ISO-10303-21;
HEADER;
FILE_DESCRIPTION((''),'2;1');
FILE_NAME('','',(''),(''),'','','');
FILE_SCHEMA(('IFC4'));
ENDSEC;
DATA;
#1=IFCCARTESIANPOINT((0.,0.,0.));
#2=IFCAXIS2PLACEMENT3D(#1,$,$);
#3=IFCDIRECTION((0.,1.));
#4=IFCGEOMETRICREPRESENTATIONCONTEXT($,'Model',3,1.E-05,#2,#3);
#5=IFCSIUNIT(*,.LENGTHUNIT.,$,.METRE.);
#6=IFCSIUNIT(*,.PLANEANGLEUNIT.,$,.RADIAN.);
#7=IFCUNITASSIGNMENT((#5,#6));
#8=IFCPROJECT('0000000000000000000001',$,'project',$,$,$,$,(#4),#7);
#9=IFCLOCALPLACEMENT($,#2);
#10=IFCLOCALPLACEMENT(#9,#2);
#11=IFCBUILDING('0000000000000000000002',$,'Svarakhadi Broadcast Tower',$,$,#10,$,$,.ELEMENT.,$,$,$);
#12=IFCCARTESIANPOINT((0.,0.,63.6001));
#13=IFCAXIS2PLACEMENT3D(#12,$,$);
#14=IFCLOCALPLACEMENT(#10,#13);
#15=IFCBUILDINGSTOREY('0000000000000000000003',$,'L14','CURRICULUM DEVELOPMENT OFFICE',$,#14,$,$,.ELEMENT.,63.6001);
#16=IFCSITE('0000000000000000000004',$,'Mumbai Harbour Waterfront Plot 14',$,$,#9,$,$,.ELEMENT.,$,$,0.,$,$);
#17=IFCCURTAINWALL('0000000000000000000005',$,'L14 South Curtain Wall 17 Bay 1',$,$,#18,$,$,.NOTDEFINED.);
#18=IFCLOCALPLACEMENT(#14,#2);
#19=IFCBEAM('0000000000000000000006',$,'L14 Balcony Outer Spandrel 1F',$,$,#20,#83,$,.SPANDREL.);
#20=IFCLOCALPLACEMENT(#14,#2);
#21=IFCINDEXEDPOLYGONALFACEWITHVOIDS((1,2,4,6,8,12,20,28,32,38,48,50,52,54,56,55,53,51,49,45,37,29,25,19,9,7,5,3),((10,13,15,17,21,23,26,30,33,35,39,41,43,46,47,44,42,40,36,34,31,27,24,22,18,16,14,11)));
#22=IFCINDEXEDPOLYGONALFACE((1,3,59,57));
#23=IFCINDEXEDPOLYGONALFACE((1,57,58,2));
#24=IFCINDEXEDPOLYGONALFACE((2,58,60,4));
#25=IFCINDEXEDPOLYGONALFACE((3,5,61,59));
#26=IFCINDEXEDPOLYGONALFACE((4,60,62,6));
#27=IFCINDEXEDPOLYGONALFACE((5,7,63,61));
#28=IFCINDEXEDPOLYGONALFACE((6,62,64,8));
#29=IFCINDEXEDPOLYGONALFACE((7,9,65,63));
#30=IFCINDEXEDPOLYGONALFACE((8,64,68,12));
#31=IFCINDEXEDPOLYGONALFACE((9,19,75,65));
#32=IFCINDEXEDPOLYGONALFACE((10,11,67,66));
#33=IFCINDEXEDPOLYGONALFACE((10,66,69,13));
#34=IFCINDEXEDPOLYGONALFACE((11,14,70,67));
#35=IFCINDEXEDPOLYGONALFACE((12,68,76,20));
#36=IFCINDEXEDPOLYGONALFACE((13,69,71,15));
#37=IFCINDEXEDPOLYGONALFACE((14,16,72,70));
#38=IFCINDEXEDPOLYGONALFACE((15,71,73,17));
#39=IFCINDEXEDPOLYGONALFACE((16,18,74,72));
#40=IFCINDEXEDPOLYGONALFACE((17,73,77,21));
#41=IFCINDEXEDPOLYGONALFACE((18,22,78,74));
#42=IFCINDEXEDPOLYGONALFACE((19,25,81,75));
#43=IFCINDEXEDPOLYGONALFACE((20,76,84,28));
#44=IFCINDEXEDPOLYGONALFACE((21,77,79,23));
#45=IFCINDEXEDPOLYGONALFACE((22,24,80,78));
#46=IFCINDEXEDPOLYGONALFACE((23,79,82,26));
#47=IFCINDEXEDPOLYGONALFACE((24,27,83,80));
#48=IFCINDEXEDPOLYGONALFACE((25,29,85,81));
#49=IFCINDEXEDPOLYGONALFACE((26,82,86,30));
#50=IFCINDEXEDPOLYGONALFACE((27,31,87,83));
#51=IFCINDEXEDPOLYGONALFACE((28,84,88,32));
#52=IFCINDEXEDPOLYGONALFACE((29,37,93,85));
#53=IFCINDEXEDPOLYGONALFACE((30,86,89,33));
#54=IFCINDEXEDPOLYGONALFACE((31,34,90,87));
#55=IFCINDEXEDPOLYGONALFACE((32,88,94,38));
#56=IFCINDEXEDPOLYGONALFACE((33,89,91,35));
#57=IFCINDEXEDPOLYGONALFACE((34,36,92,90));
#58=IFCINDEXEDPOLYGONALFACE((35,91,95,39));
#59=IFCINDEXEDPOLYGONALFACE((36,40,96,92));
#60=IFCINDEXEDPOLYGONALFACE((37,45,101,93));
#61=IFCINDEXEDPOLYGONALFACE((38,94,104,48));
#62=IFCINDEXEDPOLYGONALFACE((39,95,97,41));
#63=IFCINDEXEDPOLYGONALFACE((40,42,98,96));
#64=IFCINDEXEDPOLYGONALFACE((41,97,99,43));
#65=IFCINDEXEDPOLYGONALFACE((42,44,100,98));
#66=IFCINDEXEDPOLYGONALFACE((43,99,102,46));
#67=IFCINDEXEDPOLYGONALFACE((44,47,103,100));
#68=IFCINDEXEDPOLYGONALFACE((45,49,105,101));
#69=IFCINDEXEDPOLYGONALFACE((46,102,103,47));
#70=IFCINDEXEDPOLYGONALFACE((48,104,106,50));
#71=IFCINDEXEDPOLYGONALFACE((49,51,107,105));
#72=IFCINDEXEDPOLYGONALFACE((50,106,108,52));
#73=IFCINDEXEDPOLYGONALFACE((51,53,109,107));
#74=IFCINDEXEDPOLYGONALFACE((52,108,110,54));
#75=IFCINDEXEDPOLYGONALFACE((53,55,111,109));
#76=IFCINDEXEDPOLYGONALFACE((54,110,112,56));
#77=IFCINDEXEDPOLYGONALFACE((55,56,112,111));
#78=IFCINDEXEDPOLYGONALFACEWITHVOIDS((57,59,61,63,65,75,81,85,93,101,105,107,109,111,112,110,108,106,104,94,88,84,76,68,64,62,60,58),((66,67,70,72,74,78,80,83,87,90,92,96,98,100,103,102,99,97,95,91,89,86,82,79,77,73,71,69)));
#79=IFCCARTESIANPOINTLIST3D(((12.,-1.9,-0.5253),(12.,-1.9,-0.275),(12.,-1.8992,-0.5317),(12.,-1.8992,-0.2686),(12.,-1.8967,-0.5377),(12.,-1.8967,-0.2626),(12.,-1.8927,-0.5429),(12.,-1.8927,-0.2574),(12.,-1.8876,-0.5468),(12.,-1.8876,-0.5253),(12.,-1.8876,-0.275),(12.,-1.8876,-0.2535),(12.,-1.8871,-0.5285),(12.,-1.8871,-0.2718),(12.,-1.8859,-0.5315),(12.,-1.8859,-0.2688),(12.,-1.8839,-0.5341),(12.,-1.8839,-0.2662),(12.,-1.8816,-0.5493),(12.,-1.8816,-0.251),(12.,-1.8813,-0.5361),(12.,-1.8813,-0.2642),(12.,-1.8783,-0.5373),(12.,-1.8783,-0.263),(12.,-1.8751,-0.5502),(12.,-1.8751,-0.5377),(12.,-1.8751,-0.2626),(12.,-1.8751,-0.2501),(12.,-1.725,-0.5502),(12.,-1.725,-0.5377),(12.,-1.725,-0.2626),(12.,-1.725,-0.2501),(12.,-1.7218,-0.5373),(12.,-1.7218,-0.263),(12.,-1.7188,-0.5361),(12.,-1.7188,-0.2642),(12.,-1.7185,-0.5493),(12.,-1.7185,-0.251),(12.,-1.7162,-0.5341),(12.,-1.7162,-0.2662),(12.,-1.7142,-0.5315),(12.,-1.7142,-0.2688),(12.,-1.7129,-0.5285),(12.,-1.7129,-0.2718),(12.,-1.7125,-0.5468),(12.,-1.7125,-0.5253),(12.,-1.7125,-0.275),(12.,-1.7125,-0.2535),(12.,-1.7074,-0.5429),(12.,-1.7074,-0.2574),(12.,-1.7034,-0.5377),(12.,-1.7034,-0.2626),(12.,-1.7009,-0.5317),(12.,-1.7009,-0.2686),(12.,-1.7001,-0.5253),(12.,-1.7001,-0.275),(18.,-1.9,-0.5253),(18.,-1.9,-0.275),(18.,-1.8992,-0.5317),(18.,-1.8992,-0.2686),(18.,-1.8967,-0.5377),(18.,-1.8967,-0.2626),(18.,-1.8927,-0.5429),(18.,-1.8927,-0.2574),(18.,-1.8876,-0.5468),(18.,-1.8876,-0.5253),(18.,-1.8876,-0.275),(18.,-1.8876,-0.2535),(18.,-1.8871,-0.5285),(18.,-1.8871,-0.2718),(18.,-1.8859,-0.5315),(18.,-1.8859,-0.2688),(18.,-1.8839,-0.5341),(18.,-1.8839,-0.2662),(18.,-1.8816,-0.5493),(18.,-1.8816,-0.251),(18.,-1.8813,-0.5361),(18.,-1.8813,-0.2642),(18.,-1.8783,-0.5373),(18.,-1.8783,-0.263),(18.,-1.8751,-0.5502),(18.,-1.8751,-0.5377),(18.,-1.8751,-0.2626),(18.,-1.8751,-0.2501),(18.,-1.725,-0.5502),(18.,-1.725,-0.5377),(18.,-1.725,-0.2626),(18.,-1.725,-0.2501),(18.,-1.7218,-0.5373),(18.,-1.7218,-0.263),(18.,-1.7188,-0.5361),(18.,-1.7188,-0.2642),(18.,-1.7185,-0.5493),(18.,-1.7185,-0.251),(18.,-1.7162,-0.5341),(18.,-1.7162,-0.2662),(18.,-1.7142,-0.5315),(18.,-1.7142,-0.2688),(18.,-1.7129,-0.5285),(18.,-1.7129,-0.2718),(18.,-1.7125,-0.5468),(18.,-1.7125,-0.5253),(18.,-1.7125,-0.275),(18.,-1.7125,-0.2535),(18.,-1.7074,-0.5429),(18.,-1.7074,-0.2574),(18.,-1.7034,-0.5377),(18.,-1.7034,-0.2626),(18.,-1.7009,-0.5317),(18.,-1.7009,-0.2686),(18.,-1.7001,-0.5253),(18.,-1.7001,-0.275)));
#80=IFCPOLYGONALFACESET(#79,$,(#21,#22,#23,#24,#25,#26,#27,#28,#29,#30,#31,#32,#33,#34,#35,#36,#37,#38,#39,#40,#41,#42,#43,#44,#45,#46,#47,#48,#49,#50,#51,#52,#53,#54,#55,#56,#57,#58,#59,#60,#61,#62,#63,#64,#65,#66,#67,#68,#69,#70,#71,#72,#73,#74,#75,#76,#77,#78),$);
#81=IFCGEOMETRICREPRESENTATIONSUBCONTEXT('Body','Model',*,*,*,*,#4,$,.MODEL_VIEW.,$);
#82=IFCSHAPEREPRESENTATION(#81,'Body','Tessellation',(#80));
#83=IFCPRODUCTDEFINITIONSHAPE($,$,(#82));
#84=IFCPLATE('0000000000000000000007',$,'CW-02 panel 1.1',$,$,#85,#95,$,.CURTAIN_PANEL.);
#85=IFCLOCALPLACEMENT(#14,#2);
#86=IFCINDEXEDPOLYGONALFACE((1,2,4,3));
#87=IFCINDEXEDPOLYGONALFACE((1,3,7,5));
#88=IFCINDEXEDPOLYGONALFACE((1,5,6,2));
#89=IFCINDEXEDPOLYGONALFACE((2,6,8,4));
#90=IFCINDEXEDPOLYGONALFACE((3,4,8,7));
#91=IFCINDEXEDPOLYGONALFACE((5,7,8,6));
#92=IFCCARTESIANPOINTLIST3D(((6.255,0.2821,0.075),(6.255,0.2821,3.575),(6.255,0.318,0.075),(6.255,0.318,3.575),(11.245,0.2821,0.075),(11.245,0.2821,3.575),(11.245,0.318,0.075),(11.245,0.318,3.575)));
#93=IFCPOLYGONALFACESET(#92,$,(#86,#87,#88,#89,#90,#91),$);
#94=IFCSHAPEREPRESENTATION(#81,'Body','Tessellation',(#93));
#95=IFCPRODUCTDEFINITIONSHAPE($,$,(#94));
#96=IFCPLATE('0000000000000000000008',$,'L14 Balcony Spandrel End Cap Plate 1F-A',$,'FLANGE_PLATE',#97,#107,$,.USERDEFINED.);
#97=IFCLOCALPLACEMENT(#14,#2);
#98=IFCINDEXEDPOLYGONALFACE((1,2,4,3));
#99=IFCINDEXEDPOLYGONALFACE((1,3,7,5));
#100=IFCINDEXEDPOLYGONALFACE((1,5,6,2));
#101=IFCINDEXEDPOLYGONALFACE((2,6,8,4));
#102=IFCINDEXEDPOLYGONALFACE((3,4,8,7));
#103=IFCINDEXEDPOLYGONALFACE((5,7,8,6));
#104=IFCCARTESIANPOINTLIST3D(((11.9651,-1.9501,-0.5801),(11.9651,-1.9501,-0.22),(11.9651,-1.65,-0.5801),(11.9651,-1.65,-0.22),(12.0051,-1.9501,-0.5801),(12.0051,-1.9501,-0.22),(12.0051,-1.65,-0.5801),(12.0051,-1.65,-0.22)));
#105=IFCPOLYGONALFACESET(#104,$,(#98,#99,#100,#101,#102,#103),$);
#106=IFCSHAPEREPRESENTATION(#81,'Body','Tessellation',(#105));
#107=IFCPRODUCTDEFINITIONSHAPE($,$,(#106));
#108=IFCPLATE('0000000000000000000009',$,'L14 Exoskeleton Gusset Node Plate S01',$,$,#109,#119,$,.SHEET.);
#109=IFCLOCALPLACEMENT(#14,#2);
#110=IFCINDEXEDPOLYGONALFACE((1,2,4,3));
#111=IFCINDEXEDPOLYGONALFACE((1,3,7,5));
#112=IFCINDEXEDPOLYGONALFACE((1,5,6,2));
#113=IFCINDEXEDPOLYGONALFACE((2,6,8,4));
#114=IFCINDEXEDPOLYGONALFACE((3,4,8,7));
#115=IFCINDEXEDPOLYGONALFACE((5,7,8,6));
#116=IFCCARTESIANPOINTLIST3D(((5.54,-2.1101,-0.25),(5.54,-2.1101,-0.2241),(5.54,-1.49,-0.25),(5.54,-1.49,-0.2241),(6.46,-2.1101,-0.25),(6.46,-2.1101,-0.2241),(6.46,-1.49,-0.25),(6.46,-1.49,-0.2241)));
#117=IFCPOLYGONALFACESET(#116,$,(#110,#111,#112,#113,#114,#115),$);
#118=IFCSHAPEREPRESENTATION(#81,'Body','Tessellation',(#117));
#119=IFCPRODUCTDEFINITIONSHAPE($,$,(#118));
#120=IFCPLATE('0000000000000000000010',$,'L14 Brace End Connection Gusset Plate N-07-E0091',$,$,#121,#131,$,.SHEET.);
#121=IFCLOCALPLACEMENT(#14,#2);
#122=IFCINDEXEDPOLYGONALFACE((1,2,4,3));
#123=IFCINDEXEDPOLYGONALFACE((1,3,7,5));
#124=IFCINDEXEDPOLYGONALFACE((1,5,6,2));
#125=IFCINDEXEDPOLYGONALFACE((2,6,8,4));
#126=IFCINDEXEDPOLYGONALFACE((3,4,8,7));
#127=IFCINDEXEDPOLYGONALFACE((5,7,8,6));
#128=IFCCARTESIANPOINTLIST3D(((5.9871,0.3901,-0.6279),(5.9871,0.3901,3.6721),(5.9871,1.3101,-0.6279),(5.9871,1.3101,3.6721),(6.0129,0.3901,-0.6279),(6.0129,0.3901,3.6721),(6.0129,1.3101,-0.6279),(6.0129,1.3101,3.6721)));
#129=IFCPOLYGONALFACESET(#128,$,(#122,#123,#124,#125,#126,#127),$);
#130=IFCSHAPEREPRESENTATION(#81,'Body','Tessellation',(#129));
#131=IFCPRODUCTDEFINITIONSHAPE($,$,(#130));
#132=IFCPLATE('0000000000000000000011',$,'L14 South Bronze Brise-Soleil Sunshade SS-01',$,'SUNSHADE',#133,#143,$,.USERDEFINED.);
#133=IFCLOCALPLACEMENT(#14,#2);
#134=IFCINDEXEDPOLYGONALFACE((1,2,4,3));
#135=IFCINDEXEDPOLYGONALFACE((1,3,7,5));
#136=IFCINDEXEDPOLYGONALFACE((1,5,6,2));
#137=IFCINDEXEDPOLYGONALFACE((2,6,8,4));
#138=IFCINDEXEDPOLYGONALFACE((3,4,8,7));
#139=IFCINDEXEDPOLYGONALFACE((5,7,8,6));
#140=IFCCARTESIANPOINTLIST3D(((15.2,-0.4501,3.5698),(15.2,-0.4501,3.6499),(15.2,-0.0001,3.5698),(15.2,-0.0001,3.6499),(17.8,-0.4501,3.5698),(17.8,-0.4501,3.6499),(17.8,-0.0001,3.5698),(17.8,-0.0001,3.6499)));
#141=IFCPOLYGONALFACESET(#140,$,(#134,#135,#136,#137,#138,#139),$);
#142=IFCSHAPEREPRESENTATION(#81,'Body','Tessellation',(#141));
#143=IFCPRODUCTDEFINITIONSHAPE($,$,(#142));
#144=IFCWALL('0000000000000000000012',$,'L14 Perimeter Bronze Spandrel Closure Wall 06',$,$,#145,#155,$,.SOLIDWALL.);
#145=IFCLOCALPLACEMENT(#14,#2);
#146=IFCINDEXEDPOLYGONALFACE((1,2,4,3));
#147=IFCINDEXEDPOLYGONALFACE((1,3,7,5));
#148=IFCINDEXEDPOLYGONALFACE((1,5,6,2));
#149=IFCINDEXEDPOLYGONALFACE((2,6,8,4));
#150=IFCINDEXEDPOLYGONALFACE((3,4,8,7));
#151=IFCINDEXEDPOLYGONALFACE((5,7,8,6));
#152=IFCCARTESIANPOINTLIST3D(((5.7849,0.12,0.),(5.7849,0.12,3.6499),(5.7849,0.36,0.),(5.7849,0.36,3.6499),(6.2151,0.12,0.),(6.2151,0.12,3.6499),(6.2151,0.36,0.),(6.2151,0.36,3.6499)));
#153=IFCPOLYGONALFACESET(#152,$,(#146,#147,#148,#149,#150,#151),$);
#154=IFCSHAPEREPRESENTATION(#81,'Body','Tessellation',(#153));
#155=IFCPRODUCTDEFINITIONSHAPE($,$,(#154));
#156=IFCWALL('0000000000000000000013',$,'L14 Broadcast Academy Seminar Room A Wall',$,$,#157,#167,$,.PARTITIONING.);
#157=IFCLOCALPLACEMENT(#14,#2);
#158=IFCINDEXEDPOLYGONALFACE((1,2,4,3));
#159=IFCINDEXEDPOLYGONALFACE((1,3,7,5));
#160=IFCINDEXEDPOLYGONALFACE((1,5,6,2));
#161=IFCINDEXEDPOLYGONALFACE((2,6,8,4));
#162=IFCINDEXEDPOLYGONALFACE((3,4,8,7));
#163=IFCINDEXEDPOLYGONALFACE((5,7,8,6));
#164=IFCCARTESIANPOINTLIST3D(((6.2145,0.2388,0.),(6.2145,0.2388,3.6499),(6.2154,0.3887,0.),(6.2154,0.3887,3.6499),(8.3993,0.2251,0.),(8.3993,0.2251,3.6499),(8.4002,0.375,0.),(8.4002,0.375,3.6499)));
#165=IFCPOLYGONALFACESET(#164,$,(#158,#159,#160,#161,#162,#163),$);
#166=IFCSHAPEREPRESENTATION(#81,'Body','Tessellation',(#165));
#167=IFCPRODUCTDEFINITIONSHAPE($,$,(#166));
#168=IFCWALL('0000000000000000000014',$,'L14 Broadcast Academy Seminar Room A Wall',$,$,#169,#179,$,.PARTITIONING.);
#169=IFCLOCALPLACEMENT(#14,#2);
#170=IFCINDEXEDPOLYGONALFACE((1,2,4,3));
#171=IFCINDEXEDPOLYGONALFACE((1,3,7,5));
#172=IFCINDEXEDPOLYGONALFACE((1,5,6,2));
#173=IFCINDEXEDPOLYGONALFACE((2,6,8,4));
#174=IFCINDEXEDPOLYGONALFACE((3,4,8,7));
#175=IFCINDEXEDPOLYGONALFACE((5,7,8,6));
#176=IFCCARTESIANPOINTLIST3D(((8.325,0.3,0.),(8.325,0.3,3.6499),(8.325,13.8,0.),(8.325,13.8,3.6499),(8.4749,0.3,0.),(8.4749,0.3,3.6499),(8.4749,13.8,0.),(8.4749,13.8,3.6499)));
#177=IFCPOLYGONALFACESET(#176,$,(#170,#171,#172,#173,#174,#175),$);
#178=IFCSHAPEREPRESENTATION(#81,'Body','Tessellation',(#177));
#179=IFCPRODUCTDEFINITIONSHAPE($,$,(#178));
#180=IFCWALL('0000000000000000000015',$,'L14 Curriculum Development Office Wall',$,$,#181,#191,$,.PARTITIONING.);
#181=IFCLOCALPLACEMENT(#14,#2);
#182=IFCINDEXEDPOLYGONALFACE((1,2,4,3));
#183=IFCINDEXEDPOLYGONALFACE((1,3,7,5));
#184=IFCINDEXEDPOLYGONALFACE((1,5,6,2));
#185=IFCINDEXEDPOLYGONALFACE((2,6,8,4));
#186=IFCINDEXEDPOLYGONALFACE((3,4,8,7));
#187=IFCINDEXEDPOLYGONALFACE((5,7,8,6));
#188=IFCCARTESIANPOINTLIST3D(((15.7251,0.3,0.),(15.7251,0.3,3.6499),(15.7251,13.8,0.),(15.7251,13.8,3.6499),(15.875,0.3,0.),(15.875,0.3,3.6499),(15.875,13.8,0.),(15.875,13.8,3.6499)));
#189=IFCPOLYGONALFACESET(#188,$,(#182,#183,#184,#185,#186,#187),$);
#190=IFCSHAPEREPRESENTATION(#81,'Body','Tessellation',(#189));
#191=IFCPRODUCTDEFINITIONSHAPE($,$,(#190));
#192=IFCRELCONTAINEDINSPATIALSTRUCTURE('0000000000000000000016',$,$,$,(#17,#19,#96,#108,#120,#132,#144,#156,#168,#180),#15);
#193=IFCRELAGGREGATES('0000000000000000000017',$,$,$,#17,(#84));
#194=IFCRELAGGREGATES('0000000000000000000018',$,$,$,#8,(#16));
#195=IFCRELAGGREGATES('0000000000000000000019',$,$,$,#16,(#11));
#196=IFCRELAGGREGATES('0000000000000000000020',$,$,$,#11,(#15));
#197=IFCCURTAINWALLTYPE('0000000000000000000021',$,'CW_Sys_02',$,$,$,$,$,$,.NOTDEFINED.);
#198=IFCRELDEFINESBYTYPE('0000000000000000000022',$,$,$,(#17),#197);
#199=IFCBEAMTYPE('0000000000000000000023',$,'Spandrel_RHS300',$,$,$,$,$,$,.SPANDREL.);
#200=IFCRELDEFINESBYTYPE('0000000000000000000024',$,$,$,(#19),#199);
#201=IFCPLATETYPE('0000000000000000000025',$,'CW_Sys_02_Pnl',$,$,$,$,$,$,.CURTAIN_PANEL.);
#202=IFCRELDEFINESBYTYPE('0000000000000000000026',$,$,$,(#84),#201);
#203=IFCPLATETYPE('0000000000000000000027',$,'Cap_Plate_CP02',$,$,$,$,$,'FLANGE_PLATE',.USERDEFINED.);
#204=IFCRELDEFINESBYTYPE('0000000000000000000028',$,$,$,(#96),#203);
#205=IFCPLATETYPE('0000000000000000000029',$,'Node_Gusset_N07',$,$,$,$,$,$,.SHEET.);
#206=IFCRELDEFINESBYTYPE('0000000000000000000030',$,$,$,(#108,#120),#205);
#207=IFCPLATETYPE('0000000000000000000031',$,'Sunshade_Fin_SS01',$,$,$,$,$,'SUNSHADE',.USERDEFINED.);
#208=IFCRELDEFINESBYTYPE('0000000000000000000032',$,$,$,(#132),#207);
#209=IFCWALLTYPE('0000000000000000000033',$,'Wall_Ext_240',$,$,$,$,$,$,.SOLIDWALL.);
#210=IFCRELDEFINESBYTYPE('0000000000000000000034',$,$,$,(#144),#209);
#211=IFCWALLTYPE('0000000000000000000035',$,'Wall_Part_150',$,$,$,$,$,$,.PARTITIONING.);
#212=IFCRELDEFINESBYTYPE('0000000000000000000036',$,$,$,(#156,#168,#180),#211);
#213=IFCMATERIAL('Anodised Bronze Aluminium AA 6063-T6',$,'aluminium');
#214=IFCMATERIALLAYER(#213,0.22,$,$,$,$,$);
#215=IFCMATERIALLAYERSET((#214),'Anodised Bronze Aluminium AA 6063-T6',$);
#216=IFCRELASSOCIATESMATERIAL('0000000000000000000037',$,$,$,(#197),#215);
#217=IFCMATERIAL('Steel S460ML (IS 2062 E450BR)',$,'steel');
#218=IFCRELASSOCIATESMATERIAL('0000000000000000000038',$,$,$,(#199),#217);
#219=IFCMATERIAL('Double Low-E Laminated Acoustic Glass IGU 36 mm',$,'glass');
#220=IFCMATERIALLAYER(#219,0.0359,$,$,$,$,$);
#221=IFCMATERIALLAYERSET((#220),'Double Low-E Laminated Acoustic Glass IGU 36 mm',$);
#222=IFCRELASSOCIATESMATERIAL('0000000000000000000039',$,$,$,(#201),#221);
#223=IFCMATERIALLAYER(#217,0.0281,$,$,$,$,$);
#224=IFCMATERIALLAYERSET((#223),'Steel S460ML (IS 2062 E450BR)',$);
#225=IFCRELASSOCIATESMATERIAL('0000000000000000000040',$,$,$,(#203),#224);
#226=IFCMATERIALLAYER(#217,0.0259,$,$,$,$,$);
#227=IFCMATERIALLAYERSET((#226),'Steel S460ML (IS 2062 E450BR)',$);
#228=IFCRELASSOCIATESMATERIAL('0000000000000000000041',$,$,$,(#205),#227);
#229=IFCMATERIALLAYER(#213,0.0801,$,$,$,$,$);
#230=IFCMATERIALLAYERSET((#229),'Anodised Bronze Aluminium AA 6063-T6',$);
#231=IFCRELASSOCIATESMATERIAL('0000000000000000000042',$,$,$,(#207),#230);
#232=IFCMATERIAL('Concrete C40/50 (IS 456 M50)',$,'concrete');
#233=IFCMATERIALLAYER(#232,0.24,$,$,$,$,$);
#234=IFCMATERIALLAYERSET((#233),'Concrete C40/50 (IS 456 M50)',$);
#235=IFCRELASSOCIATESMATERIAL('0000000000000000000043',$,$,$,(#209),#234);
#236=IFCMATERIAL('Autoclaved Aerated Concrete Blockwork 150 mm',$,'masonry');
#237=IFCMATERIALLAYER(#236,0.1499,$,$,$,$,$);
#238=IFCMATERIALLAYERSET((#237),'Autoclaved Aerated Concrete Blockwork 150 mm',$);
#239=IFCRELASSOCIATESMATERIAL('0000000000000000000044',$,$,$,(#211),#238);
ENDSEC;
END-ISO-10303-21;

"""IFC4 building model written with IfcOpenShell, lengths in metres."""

from ifc_helpers import new_model, si_unit, direction, frame, frame_2d, origin, origin_2d, place, context, subcontext, project, spatial, rectangle, hollow_rectangle, extrude, material, layer, layer_set, material_profile, profile_set, type_object, element, aggregate, save


model = new_model("IFC4")

# Units and contexts
model_context = context("Model", 3, precision=1e-05, world=origin(), true_north=direction((0.0, 1.0)))
body_context = subcontext(model_context, "Body", "Model", "MODEL_VIEW")
ifc_project = project(units=[si_unit("LENGTHUNIT", "METRE"), si_unit("PLANEANGLEUNIT", "RADIAN")], contexts=[model_context])

# Site, building, storey
site_placement = place(None, origin())
site = spatial("IfcSite", under=ifc_project, at=site_placement, Name="Mumbai Harbour Waterfront Plot 14", CompositionType="ELEMENT", RefElevation=0.0)
building_placement = place(site_placement, origin())
building = spatial("IfcBuilding", under=site, at=building_placement, Name="Svarakhadi Broadcast Tower", CompositionType="ELEMENT")
storey_placement = place(building_placement, frame((0.0, 0.0, 63.6001)))
storey = spatial("IfcBuildingStorey", under=building, at=storey_placement, Name="L14", Description="CURRICULUM DEVELOPMENT OFFICE", CompositionType="ELEMENT", Elevation=63.6001)

# Shared definitions
ifc_material_1 = material(Name="Steel S460ML (IS 2062 E450BR)", Category="steel")

# Curtain wall
ifc_material_2 = material(Name="Anodised Bronze Aluminium AA 6063-T6", Category="aluminium")
ifc_layer_1 = layer(ifc_material_2, 0.22)
ifc_layer_set_1 = layer_set([ifc_layer_1], Name="Anodised Bronze Aluminium AA 6063-T6")
curtain_wall_type = type_object("IfcCurtainWallType", Name="CW_Sys_02", PredefinedType="NOTDEFINED", material=ifc_layer_set_1)
curtain_wall_1_placement = place(storey_placement, origin())
curtain_wall_1 = element("IfcCurtainWall", 1, at=curtain_wall_1_placement, inside=storey, type_object=curtain_wall_type, Name="L14 South Curtain Wall 17 Bay 1", PredefinedType="NOTDEFINED")

# Beam
ifc_material_profile_1 = material_profile(ifc_material_1, hollow_rectangle(XDim=0.2, YDim=0.3, WallThickness=0.0125, InnerFilletRadius=0.0125, OuterFilletRadius=0.0249, at=origin_2d()), Name="RHS 300x200x12.5")
ifc_profile_set_1 = profile_set([ifc_material_profile_1], Name="Steel S460ML (IS 2062 E450BR)")
beam_type_1 = type_object("IfcBeamType", Name="Spandrel_RHS300", PredefinedType="SPANDREL", material=ifc_profile_set_1)
beam_1_placement = place(storey_placement, frame((12.0, -1.8, -0.4001), z_axis=(1.0, 0.0, 0.0), x_axis=(0.0, 1.0, 0.0)))
element("IfcBeam", 2, at=beam_1_placement, inside=storey, type_object=beam_type_1, Name="L14 Balcony Outer Spandrel 1F", PredefinedType="SPANDREL", context=body_context, shape_type="SweptSolid", body=[
    extrude(hollow_rectangle(XDim=0.2, YDim=0.3, WallThickness=0.0125, InnerFilletRadius=0.0125, OuterFilletRadius=0.0249, at=origin_2d()), origin(), (0.0, 0.0, 1.0), 6.0),
])

# Plate
ifc_material_3 = material(Name="Double Low-E Laminated Acoustic Glass IGU 36 mm", Category="glass")
ifc_layer_2 = layer(ifc_material_3, 0.0359)
ifc_layer_set_2 = layer_set([ifc_layer_2], Name="Double Low-E Laminated Acoustic Glass IGU 36 mm")
plate_type_1 = type_object("IfcPlateType", Name="CW_Sys_02_Pnl", PredefinedType="CURTAIN_PANEL", material=ifc_layer_set_2)
plate_1_placement = place(storey_placement, frame((8.75, 0.3, 0.075), z_axis=(0.0, 0.0, 1.0), x_axis=(-1.0, 0.0, 0.0)))
plate_1 = element("IfcPlate", 3, at=plate_1_placement, type_object=plate_type_1, Name="CW-02 panel 1.1", PredefinedType="CURTAIN_PANEL", context=body_context, shape_type="SweptSolid", body=[
    extrude(rectangle(XDim=4.99, YDim=0.0359, at=origin_2d()), origin(), (0.0, 0.0, 1.0), 3.5),
])
aggregate(curtain_wall_1, [plate_1])

# Plates
ifc_layer_3 = layer(ifc_material_1, 0.0281)
ifc_layer_set_3 = layer_set([ifc_layer_3], Name="Steel S460ML (IS 2062 E450BR)")
plate_type_2 = type_object("IfcPlateType", Name="Cap_Plate_CP02", ElementType="FLANGE_PLATE", PredefinedType="USERDEFINED", material=ifc_layer_set_3)
plate_2_placement = place(storey_placement, frame((11.9851, -1.8, -0.5801), z_axis=(0.0, 0.0, 1.0), x_axis=(1.0, 0.0, 0.0)))
element("IfcPlate", 4, at=plate_2_placement, inside=storey, type_object=plate_type_2, Name="L14 Balcony Spandrel End Cap Plate 1F-A", ObjectType="FLANGE_PLATE", PredefinedType="USERDEFINED", context=body_context, shape_type="SweptSolid", body=[
    extrude(rectangle(XDim=0.04, YDim=0.3, at=origin_2d()), origin(), (0.0, 0.0, 1.0), 0.3601),
])
ifc_layer_4 = layer(ifc_material_1, 0.0259)
ifc_layer_set_4 = layer_set([ifc_layer_4], Name="Steel S460ML (IS 2062 E450BR)")
plate_type_3 = type_object("IfcPlateType", Name="Node_Gusset_N07", PredefinedType="SHEET", material=ifc_layer_set_4)
plate_3_placement = place(storey_placement, frame((6.0, -1.8, -0.25), z_axis=(0.0, 0.0, 1.0), x_axis=(1.0, 0.0, 0.0)))
element("IfcPlate", 5, at=plate_3_placement, inside=storey, type_object=plate_type_3, Name="L14 Exoskeleton Gusset Node Plate S01", PredefinedType="SHEET", context=body_context, shape_type="SweptSolid", body=[
    extrude(rectangle(XDim=0.9199, YDim=0.6201, at=origin_2d()), origin(), (0.0, 0.0, 1.0), 0.0259),
])
plate_4_placement = place(storey_placement, frame((6.0, 0.8501, -0.6279), z_axis=(0.0, 0.0, 1.0), x_axis=(0.0, 1.0, 0.0)))
element("IfcPlate", 6, at=plate_4_placement, inside=storey, type_object=plate_type_3, Name="L14 Brace End Connection Gusset Plate N-07-E0091", PredefinedType="SHEET", context=body_context, shape_type="SweptSolid", body=[
    extrude(rectangle(XDim=0.9199, YDim=0.0259, at=origin_2d()), origin(), (0.0, 0.0, 1.0), 4.3),
])
ifc_layer_5 = layer(ifc_material_2, 0.0801)
ifc_layer_set_5 = layer_set([ifc_layer_5], Name="Anodised Bronze Aluminium AA 6063-T6")
plate_type_4 = type_object("IfcPlateType", Name="Sunshade_Fin_SS01", ElementType="SUNSHADE", PredefinedType="USERDEFINED", material=ifc_layer_set_5)
plate_5_placement = place(storey_placement, frame((16.5, -0.2251, 3.5698), z_axis=(0.0, 0.0, 1.0), x_axis=(1.0, 0.0, 0.0)))
element("IfcPlate", 7, at=plate_5_placement, inside=storey, type_object=plate_type_4, Name="L14 South Bronze Brise-Soleil Sunshade SS-01", ObjectType="SUNSHADE", PredefinedType="USERDEFINED", context=body_context, shape_type="SweptSolid", body=[
    extrude(rectangle(XDim=2.6001, YDim=0.45, at=origin_2d()), origin(), (0.0, 0.0, 1.0), 0.0801),
])

# Walls
ifc_material_4 = material(Name="Concrete C40/50 (IS 456 M50)", Category="concrete")
ifc_layer_6 = layer(ifc_material_4, 0.24)
ifc_layer_set_6 = layer_set([ifc_layer_6], Name="Concrete C40/50 (IS 456 M50)")
wall_type_1 = type_object("IfcWallType", Name="Wall_Ext_240", PredefinedType="SOLIDWALL", material=ifc_layer_set_6)
wall_1_placement = place(storey_placement, frame((6.2151, 0.24, 0.0), z_axis=(0.0, 0.0, 1.0), x_axis=(-1.0, 0.0, 0.0)))
element("IfcWall", 8, at=wall_1_placement, inside=storey, type_object=wall_type_1, Name="L14 Perimeter Bronze Spandrel Closure Wall 06", PredefinedType="SOLIDWALL", context=body_context, shape_type="SweptSolid", body=[
    extrude(rectangle(XDim=0.4302, YDim=0.24, at=frame_2d((0.2151, 0.0))), origin(), (0.0, 0.0, 1.0), 3.6499),
])
ifc_material_5 = material(Name="Autoclaved Aerated Concrete Blockwork 150 mm", Category="masonry")
ifc_layer_7 = layer(ifc_material_5, 0.1499)
ifc_layer_set_7 = layer_set([ifc_layer_7], Name="Autoclaved Aerated Concrete Blockwork 150 mm")
wall_type_2 = type_object("IfcWallType", Name="Wall_Part_150", PredefinedType="PARTITIONING", material=ifc_layer_set_7)
wall_2_placement = place(storey_placement, frame((6.2151, 0.3137, 0.0), z_axis=(0.0, 0.0, 1.0), x_axis=(0.99998, -0.006258, 0.0)))
element("IfcWall", 9, at=wall_2_placement, inside=storey, type_object=wall_type_2, Name="L14 Broadcast Academy Seminar Room A Wall", PredefinedType="PARTITIONING", context=body_context, shape_type="SweptSolid", body=[
    extrude(rectangle(XDim=2.1848, YDim=0.1499, at=frame_2d((1.0923, 0.0))), origin(), (0.0, 0.0, 1.0), 3.6499),
])
for number, where, z_axis, x_axis, name in (
    (10, (8.3999, 0.3, 0.0), (0.0, 0.0, 1.0), (0.0, 1.0, 0.0), "L14 Broadcast Academy Seminar Room A Wall"),
    (11, (15.8, 0.3, 0.0), (0.0, 0.0, 1.0), (0.0, 1.0, 0.0), "L14 Curriculum Development Office Wall"),
):
    element("IfcWall", number, at=place(storey_placement, frame(where, z_axis=z_axis, x_axis=x_axis)), inside=storey, type_object=wall_type_2, Name=name, PredefinedType="PARTITIONING", context=body_context, shape_type="SweptSolid", body=[
        extrude(rectangle(XDim=13.5, YDim=0.1499, at=frame_2d((6.75, 0.0))), origin(), (0.0, 0.0, 1.0), 3.6499),
    ])

save(model, "model.ifc")
